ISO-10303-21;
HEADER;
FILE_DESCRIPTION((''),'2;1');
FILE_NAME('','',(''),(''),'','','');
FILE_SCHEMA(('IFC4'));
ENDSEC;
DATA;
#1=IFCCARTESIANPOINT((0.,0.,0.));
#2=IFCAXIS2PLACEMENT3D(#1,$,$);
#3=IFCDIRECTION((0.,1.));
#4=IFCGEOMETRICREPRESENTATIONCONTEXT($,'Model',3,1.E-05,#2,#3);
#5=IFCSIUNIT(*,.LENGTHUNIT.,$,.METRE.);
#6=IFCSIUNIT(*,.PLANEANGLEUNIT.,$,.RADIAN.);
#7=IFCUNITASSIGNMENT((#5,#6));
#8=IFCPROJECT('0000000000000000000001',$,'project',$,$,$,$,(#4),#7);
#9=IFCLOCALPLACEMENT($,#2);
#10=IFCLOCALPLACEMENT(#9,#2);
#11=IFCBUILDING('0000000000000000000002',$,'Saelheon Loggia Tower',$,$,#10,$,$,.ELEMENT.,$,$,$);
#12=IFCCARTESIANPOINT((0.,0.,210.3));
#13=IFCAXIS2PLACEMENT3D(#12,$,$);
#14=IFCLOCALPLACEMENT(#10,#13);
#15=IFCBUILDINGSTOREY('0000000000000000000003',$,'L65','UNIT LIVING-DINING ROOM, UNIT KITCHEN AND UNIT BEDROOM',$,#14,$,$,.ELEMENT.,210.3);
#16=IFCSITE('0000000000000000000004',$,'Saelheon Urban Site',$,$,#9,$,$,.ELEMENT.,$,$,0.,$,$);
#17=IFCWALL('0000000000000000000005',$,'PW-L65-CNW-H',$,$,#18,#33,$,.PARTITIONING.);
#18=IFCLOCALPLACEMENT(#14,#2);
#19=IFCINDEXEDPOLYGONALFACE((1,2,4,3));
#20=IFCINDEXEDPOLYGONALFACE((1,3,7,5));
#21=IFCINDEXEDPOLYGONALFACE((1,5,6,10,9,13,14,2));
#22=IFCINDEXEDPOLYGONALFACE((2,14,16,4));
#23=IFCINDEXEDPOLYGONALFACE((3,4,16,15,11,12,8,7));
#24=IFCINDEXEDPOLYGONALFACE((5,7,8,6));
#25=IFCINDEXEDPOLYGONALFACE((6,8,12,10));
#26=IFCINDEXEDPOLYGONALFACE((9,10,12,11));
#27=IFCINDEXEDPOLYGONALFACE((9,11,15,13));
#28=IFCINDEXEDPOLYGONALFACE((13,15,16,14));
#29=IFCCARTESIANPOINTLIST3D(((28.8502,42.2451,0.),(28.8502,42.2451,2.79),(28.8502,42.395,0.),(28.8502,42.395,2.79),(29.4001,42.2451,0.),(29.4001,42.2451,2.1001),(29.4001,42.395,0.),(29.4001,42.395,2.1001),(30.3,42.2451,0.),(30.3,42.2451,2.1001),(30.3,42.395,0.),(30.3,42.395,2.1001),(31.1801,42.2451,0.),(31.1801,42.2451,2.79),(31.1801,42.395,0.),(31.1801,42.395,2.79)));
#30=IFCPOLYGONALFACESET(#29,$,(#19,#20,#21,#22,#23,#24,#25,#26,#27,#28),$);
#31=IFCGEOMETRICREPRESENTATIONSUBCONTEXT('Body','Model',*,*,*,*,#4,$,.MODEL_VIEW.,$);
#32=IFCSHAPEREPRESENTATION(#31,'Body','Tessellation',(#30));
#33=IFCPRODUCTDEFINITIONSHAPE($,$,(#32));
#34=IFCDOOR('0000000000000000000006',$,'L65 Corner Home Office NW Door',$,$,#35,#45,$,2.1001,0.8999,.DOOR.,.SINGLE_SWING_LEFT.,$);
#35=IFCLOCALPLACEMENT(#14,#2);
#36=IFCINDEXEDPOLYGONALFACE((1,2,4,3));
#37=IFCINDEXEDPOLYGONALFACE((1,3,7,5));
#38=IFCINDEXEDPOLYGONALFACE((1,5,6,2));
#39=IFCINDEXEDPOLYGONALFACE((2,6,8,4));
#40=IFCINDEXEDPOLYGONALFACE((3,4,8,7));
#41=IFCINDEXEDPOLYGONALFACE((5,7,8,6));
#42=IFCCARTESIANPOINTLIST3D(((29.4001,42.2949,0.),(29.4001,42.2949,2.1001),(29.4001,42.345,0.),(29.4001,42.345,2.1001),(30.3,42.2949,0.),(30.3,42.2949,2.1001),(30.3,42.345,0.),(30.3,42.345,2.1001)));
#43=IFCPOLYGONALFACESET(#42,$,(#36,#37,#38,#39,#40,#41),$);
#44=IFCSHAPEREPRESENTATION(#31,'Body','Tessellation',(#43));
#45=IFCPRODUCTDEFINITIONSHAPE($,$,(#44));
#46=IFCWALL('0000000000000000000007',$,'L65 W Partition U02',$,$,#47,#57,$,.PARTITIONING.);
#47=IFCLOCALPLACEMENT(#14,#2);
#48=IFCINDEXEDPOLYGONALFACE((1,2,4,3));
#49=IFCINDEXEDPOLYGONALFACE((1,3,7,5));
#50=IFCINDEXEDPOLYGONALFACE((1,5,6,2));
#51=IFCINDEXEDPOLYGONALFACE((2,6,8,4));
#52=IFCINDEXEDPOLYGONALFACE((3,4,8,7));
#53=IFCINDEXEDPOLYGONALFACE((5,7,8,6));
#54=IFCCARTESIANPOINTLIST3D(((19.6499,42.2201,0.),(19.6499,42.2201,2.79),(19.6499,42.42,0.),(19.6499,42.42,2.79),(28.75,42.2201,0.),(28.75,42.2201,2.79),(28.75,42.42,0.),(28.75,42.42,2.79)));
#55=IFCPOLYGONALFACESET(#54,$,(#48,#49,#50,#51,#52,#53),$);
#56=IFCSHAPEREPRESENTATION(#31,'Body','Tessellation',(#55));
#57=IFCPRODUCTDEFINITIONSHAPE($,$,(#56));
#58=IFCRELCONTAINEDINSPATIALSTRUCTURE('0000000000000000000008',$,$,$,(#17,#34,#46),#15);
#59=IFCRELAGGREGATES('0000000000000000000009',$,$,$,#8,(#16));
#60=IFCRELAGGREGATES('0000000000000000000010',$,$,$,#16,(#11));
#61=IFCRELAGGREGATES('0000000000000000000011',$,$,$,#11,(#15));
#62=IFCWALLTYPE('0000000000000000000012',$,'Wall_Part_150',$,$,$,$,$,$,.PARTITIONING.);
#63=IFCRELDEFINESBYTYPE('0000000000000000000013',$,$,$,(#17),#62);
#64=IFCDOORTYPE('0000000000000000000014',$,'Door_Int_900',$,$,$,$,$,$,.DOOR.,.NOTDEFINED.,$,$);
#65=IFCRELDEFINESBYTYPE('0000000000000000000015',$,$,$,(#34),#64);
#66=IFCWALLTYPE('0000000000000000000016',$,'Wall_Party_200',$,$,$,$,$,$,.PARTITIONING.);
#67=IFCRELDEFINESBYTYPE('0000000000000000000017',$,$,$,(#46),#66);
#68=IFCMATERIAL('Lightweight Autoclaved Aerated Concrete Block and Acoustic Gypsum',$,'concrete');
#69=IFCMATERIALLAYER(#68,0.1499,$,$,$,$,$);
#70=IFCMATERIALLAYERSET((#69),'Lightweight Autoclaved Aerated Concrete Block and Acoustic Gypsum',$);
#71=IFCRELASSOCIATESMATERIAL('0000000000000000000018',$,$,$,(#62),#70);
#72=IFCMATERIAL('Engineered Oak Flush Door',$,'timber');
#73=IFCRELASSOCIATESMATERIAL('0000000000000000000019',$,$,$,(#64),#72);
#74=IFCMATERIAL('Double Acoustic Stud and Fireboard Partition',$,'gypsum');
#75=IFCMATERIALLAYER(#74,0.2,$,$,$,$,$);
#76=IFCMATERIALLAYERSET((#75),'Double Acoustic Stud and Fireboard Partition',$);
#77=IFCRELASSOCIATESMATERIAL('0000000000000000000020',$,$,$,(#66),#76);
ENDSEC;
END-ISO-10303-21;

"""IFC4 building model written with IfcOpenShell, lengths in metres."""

from ifc_helpers import new_model, si_unit, direction, frame, frame_2d, origin, place, context, subcontext, project, spatial, rectangle, extrude, source, transform, mapped, material, layer, layer_set, type_object, element, fill, save


model = new_model("IFC4")

# Units and contexts
model_context = context("Model", 3, precision=1e-05, world=origin(), true_north=direction((0.0, 1.0)))
body_context = subcontext(model_context, "Body", "Model", "MODEL_VIEW")
ifc_project = project(units=[si_unit("LENGTHUNIT", "METRE"), si_unit("PLANEANGLEUNIT", "RADIAN")], contexts=[model_context])

# Site, building, storey
site_placement = place(None, origin())
site = spatial("IfcSite", under=ifc_project, at=site_placement, Name="Saelheon Urban Site", CompositionType="ELEMENT", RefElevation=0.0)
building_placement = place(site_placement, origin())
building = spatial("IfcBuilding", under=site, at=building_placement, Name="Saelheon Loggia Tower", CompositionType="ELEMENT")
storey_placement = place(building_placement, frame((0.0, 0.0, 210.3)))
storey = spatial("IfcBuildingStorey", under=building, at=storey_placement, Name="L65", Description="UNIT LIVING-DINING ROOM, UNIT KITCHEN AND UNIT BEDROOM", CompositionType="ELEMENT", Elevation=210.3)

# Wall, opening, door
ifc_material_1 = material(Name="Lightweight Autoclaved Aerated Concrete Block and Acoustic Gypsum", Category="concrete")
ifc_layer_1 = layer(ifc_material_1, 0.1499)
ifc_layer_set_1 = layer_set([ifc_layer_1], Name="Lightweight Autoclaved Aerated Concrete Block and Acoustic Gypsum")
wall_type_1 = type_object("IfcWallType", Name="Wall_Part_150", PredefinedType="PARTITIONING", material=ifc_layer_set_1)
wall_1_placement = place(storey_placement, frame((28.8501, 42.3201, 0.0), z_axis=(0.0, 0.0, 1.0), x_axis=(1.0, 0.0, 0.0)))
wall_1 = element("IfcWall", 1, at=wall_1_placement, inside=storey, type_object=wall_type_1, Name="PW-L65-CNW-H", PredefinedType="PARTITIONING", context=body_context, shape_type="SweptSolid", body=[
    extrude(rectangle(XDim=2.3298, YDim=0.1499, at=frame_2d((1.165, 0.0))), origin(), (0.0, 0.0, 1.0), 2.79),
])
opening_1_placement = place(wall_1_placement, frame((0.55, 0.0, 0.0)))
opening_1 = element("IfcOpeningElement", 2, at=opening_1_placement, cuts=wall_1, PredefinedType="OPENING", context=body_context, shape_type="SweptSolid", body=[
    extrude(rectangle(XDim=0.8999, YDim=2.1001, at=frame_2d((0.45, 1.05))), frame((0.0, 0.0869, 0.0), z_axis=(0.0, -1.0, 0.0), x_axis=(1.0, 0.0, 0.0)), (0.0, 0.0, 1.0), 0.1738),
])
ifc_material_2 = material(Name="Engineered Oak Flush Door", Category="timber")
door_type_1 = type_object("IfcDoorType", Name="Door_Int_900", OperationType="NOTDEFINED", PredefinedType="DOOR", material=ifc_material_2)
shared_shape_1 = source(origin(), body_context, "Body", "SweptSolid", [
    extrude(rectangle(XDim=0.8999, YDim=2.1001, at=frame_2d((0.45, 1.05))), frame((0.0, 0.0249, 0.0), z_axis=(0.0, -1.0, 0.0), x_axis=(1.0, 0.0, 0.0)), (0.0, 0.0, 1.0), 0.05),
])
door_1_placement = place(opening_1_placement, origin())
door_1 = element("IfcDoor", 3, at=door_1_placement, inside=storey, type_object=door_type_1, Name="L65 Corner Home Office NW Door", OperationType="SINGLE_SWING_LEFT", OverallHeight=2.1001, OverallWidth=0.8999, PredefinedType="DOOR", context=body_context, shape_type="MappedRepresentation", body=[
    mapped(shared_shape_1, transform((0.0, 0.0, 0.0), scale=1.0)),
])
fill(opening_1, door_1)

# Wall
ifc_material_3 = material(Name="Double Acoustic Stud and Fireboard Partition", Category="gypsum")
ifc_layer_2 = layer(ifc_material_3, 0.2)
ifc_layer_set_2 = layer_set([ifc_layer_2], Name="Double Acoustic Stud and Fireboard Partition")
wall_type_2 = type_object("IfcWallType", Name="Wall_Party_200", PredefinedType="PARTITIONING", material=ifc_layer_set_2)
wall_2_placement = place(storey_placement, frame((28.75, 42.3201, 0.0), z_axis=(0.0, 0.0, 1.0), x_axis=(-1.0, 0.0, 0.0)))
element("IfcWall", 4, at=wall_2_placement, inside=storey, type_object=wall_type_2, Name="L65 W Partition U02", PredefinedType="PARTITIONING", context=body_context, shape_type="SweptSolid", body=[
    extrude(rectangle(XDim=9.1001, YDim=0.2, at=frame_2d((4.55, 0.0))), origin(), (0.0, 0.0, 1.0), 2.79),
])

save(model, "model.ifc")
